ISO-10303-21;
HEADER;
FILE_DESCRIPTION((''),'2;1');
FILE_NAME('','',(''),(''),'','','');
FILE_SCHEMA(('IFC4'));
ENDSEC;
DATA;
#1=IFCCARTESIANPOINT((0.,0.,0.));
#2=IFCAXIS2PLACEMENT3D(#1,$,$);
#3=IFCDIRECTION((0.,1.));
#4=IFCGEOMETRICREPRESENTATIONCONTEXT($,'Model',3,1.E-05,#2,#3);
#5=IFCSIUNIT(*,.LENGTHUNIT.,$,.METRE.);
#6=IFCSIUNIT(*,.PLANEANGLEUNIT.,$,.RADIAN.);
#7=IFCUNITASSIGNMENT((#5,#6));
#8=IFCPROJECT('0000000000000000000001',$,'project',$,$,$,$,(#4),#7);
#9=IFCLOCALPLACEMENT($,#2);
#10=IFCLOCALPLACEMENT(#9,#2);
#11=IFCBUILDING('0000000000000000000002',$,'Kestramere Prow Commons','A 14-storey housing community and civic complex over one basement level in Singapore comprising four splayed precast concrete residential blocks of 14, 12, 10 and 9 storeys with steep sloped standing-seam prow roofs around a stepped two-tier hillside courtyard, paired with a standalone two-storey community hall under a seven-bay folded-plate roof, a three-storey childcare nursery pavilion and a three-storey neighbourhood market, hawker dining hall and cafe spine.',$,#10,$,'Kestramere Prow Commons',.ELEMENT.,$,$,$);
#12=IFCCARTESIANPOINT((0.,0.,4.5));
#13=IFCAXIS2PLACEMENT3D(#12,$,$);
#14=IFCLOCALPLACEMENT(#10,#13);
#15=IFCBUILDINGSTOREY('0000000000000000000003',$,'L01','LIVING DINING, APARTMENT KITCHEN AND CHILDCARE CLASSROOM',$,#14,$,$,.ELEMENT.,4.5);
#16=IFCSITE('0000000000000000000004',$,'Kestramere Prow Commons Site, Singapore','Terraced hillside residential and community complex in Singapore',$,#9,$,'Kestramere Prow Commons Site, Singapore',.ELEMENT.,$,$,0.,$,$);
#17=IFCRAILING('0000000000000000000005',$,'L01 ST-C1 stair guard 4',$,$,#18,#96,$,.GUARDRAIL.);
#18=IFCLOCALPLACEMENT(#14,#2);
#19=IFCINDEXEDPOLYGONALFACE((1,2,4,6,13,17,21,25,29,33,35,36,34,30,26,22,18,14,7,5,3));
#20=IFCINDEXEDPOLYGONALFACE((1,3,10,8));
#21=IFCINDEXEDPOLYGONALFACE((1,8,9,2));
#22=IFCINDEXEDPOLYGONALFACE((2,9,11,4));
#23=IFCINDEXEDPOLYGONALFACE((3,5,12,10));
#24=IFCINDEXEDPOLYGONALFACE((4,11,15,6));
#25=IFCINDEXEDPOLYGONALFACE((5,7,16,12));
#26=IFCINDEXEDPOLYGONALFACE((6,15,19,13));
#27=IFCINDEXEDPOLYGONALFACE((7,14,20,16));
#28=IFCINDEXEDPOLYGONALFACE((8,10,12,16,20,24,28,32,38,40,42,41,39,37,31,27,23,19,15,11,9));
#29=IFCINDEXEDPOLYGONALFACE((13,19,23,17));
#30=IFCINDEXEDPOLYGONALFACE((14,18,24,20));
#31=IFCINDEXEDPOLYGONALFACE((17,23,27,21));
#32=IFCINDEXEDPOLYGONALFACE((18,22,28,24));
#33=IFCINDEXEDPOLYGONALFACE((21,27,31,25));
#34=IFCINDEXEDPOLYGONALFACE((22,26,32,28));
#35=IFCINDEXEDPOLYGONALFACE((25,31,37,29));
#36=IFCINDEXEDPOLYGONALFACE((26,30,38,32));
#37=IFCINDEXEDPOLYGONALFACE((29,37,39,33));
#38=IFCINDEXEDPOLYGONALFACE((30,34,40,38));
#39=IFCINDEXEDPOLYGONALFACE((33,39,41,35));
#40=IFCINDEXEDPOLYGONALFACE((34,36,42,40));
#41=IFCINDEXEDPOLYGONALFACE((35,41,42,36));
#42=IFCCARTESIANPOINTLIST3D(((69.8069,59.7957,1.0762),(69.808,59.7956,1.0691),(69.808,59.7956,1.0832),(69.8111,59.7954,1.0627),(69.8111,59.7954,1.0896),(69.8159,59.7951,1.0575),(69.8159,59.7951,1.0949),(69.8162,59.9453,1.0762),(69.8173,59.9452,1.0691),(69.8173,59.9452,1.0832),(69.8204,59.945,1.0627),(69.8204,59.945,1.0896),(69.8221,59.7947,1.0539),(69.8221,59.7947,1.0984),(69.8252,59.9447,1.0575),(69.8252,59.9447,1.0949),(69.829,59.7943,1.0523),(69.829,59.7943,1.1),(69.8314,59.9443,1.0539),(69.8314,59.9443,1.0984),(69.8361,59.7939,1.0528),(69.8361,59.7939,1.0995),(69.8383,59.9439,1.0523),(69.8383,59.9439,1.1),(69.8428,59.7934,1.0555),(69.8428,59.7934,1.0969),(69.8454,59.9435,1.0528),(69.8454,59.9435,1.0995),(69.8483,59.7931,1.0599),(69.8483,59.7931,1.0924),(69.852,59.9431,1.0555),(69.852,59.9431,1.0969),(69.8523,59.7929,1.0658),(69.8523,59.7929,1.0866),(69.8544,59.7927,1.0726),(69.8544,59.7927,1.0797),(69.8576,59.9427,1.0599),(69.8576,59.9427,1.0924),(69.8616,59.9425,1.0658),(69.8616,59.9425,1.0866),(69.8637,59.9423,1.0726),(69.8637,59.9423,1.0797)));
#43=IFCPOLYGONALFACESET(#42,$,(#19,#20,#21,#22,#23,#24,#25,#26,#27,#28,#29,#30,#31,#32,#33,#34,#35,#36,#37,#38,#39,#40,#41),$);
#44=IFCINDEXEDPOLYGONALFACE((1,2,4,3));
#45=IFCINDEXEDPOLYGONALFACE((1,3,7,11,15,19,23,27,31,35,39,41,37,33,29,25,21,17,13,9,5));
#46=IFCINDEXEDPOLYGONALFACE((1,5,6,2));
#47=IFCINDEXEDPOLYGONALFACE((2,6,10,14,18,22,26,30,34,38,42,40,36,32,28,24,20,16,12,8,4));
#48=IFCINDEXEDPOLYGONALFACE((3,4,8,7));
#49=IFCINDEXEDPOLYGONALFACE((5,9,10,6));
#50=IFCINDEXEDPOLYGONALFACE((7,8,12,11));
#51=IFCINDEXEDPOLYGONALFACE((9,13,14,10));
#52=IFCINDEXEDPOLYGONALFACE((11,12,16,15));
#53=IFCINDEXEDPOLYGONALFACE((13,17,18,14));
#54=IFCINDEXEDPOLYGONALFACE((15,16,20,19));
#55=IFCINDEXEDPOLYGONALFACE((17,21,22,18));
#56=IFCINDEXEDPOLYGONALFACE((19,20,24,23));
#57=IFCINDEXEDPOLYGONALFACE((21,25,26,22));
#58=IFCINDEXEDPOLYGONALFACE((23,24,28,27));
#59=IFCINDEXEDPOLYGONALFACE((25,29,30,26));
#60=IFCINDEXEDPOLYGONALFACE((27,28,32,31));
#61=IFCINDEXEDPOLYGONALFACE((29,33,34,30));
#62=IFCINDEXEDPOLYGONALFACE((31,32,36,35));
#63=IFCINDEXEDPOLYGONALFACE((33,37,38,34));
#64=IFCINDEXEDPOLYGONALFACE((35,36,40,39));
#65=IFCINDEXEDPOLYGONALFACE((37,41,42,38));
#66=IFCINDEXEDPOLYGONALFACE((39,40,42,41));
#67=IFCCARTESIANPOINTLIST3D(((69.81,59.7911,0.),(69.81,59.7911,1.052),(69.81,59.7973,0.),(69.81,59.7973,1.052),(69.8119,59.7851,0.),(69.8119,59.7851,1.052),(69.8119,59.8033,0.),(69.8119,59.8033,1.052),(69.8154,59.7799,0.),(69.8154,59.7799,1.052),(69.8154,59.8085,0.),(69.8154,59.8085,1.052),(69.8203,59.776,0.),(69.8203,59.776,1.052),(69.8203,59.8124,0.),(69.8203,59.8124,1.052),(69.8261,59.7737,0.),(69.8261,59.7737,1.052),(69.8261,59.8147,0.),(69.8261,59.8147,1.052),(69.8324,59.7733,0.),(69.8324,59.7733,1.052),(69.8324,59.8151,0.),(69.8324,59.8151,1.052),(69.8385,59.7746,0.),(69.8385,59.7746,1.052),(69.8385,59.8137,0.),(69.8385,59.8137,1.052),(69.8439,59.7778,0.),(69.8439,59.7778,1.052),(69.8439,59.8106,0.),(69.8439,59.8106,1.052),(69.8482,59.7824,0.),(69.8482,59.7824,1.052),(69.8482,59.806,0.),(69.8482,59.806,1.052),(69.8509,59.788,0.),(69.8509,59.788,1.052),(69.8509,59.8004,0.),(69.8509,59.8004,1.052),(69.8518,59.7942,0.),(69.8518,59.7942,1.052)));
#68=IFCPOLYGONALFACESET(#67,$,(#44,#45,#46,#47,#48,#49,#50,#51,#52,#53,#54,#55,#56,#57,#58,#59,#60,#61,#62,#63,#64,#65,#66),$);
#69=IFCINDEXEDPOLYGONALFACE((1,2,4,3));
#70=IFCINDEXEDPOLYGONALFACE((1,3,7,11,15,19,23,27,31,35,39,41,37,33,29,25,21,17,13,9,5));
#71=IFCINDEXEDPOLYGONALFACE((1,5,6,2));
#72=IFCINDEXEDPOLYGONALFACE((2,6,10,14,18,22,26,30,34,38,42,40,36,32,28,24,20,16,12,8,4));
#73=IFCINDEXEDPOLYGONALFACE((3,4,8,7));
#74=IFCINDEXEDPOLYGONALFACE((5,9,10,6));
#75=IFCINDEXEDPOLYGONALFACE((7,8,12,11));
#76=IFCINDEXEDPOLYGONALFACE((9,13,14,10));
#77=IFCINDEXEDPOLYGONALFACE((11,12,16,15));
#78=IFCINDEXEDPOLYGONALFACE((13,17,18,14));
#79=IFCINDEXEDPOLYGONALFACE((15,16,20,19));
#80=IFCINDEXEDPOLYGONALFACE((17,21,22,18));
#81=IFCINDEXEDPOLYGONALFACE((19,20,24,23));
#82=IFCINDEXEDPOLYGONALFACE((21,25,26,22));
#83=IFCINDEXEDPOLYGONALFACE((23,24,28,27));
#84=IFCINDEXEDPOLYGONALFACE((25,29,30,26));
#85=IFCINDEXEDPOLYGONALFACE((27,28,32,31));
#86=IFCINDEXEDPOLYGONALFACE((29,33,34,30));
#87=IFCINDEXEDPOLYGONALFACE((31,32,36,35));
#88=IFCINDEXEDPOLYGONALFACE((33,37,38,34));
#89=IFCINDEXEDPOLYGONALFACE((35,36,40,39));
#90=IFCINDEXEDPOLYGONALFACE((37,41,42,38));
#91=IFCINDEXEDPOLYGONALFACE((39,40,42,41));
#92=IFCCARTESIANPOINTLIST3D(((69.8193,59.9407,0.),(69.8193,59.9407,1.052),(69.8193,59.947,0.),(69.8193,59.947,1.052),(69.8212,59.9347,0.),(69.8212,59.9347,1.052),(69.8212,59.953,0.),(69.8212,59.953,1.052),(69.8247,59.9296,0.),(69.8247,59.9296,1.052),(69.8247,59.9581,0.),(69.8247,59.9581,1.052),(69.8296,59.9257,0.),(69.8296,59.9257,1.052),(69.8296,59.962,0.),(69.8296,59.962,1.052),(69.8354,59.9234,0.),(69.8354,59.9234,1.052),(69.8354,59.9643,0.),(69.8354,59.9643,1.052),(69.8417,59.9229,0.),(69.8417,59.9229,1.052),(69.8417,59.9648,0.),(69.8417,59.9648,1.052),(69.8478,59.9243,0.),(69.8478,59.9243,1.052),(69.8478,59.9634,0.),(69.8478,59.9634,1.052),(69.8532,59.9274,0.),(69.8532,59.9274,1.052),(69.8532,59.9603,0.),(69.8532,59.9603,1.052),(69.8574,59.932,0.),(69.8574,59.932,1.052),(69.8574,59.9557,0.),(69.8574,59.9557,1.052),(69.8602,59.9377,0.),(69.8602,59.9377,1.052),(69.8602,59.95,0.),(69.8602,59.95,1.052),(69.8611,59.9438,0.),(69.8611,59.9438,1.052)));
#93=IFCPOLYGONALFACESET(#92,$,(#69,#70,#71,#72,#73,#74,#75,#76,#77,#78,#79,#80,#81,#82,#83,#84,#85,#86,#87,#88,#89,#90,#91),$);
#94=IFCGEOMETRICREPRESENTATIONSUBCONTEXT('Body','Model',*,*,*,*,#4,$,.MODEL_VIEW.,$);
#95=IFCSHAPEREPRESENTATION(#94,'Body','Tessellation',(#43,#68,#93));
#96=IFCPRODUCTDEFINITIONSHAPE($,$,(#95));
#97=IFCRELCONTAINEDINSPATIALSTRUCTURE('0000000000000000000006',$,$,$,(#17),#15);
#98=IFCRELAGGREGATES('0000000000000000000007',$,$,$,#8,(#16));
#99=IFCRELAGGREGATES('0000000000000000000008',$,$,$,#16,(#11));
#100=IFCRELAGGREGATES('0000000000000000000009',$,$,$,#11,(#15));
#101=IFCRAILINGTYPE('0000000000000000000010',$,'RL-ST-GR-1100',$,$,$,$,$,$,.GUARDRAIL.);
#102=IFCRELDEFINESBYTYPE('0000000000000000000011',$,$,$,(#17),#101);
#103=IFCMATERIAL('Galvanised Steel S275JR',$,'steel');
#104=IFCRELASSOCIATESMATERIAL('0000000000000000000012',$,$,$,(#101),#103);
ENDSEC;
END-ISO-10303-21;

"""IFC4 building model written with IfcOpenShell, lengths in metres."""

from ifc_helpers import new_model, si_unit, direction, frame, origin, origin_2d, place, context, subcontext, project, spatial, circle, extrude, material, type_object, element, save


model = new_model("IFC4")

# Units and contexts
model_context = context("Model", 3, precision=1e-05, world=origin(), true_north=direction((0.0, 1.0)))
body_context = subcontext(model_context, "Body", "Model", "MODEL_VIEW")
ifc_project = project(units=[si_unit("LENGTHUNIT", "METRE"), si_unit("PLANEANGLEUNIT", "RADIAN")], contexts=[model_context])

# Site, building, storey
site_placement = place(None, origin())
site = spatial("IfcSite", under=ifc_project, at=site_placement, Name="Kestramere Prow Commons Site, Singapore", Description="Terraced hillside residential and community complex in Singapore", LongName="Kestramere Prow Commons Site, Singapore", CompositionType="ELEMENT", RefElevation=0.0)
building_placement = place(site_placement, origin())
building = spatial("IfcBuilding", under=site, at=building_placement, Name="Kestramere Prow Commons", Description="A 14-storey housing community and civic complex over one basement level in Singapore comprising four splayed precast concrete residential blocks of 14, 12, 10 and 9 storeys with steep sloped standing-seam prow roofs around a stepped two-tier hillside courtyard, paired with a standalone two-storey community hall under a seven-bay folded-plate roof, a three-storey childcare nursery pavilion and a three-storey neighbourhood market, hawker dining hall and cafe spine.", LongName="Kestramere Prow Commons", CompositionType="ELEMENT")
storey_placement = place(building_placement, frame((0.0, 0.0, 4.5)))
storey = spatial("IfcBuildingStorey", under=building, at=storey_placement, Name="L01", Description="LIVING DINING, APARTMENT KITCHEN AND CHILDCARE CLASSROOM", CompositionType="ELEMENT", Elevation=4.5)

# Railing
ifc_material_1 = material(Name="Galvanised Steel S275JR", Category="steel")
railing_type_1 = type_object("IfcRailingType", Name="RL-ST-GR-1100", PredefinedType="GUARDRAIL", material=ifc_material_1)
railing_1_placement = place(storey_placement, frame((69.8308, 59.7942, 0.0)))
element("IfcRailing", 1, at=railing_1_placement, inside=storey, type_object=railing_type_1, Name="L01 ST-C1 stair guard 4", PredefinedType="GUARDRAIL", context=body_context, shape_type="SweptSolid", body=[
    extrude(circle(Radius=0.0239, at=origin_2d()), frame((0.0, 0.0, 1.0762), z_axis=(0.061871, 0.998084, 0.0), x_axis=(-0.998084, 0.061871, 0.0)), (0.0, 0.0, 1.0), 0.1499),
    extrude(circle(Radius=0.021, at=origin_2d()), origin(), (0.0, 0.0, 1.0), 1.052),
    extrude(circle(Radius=0.021, at=origin_2d()), frame((0.0093, 0.1497, 0.0)), (0.0, 0.0, 1.0), 1.052),
])

save(model, "model.ifc")
